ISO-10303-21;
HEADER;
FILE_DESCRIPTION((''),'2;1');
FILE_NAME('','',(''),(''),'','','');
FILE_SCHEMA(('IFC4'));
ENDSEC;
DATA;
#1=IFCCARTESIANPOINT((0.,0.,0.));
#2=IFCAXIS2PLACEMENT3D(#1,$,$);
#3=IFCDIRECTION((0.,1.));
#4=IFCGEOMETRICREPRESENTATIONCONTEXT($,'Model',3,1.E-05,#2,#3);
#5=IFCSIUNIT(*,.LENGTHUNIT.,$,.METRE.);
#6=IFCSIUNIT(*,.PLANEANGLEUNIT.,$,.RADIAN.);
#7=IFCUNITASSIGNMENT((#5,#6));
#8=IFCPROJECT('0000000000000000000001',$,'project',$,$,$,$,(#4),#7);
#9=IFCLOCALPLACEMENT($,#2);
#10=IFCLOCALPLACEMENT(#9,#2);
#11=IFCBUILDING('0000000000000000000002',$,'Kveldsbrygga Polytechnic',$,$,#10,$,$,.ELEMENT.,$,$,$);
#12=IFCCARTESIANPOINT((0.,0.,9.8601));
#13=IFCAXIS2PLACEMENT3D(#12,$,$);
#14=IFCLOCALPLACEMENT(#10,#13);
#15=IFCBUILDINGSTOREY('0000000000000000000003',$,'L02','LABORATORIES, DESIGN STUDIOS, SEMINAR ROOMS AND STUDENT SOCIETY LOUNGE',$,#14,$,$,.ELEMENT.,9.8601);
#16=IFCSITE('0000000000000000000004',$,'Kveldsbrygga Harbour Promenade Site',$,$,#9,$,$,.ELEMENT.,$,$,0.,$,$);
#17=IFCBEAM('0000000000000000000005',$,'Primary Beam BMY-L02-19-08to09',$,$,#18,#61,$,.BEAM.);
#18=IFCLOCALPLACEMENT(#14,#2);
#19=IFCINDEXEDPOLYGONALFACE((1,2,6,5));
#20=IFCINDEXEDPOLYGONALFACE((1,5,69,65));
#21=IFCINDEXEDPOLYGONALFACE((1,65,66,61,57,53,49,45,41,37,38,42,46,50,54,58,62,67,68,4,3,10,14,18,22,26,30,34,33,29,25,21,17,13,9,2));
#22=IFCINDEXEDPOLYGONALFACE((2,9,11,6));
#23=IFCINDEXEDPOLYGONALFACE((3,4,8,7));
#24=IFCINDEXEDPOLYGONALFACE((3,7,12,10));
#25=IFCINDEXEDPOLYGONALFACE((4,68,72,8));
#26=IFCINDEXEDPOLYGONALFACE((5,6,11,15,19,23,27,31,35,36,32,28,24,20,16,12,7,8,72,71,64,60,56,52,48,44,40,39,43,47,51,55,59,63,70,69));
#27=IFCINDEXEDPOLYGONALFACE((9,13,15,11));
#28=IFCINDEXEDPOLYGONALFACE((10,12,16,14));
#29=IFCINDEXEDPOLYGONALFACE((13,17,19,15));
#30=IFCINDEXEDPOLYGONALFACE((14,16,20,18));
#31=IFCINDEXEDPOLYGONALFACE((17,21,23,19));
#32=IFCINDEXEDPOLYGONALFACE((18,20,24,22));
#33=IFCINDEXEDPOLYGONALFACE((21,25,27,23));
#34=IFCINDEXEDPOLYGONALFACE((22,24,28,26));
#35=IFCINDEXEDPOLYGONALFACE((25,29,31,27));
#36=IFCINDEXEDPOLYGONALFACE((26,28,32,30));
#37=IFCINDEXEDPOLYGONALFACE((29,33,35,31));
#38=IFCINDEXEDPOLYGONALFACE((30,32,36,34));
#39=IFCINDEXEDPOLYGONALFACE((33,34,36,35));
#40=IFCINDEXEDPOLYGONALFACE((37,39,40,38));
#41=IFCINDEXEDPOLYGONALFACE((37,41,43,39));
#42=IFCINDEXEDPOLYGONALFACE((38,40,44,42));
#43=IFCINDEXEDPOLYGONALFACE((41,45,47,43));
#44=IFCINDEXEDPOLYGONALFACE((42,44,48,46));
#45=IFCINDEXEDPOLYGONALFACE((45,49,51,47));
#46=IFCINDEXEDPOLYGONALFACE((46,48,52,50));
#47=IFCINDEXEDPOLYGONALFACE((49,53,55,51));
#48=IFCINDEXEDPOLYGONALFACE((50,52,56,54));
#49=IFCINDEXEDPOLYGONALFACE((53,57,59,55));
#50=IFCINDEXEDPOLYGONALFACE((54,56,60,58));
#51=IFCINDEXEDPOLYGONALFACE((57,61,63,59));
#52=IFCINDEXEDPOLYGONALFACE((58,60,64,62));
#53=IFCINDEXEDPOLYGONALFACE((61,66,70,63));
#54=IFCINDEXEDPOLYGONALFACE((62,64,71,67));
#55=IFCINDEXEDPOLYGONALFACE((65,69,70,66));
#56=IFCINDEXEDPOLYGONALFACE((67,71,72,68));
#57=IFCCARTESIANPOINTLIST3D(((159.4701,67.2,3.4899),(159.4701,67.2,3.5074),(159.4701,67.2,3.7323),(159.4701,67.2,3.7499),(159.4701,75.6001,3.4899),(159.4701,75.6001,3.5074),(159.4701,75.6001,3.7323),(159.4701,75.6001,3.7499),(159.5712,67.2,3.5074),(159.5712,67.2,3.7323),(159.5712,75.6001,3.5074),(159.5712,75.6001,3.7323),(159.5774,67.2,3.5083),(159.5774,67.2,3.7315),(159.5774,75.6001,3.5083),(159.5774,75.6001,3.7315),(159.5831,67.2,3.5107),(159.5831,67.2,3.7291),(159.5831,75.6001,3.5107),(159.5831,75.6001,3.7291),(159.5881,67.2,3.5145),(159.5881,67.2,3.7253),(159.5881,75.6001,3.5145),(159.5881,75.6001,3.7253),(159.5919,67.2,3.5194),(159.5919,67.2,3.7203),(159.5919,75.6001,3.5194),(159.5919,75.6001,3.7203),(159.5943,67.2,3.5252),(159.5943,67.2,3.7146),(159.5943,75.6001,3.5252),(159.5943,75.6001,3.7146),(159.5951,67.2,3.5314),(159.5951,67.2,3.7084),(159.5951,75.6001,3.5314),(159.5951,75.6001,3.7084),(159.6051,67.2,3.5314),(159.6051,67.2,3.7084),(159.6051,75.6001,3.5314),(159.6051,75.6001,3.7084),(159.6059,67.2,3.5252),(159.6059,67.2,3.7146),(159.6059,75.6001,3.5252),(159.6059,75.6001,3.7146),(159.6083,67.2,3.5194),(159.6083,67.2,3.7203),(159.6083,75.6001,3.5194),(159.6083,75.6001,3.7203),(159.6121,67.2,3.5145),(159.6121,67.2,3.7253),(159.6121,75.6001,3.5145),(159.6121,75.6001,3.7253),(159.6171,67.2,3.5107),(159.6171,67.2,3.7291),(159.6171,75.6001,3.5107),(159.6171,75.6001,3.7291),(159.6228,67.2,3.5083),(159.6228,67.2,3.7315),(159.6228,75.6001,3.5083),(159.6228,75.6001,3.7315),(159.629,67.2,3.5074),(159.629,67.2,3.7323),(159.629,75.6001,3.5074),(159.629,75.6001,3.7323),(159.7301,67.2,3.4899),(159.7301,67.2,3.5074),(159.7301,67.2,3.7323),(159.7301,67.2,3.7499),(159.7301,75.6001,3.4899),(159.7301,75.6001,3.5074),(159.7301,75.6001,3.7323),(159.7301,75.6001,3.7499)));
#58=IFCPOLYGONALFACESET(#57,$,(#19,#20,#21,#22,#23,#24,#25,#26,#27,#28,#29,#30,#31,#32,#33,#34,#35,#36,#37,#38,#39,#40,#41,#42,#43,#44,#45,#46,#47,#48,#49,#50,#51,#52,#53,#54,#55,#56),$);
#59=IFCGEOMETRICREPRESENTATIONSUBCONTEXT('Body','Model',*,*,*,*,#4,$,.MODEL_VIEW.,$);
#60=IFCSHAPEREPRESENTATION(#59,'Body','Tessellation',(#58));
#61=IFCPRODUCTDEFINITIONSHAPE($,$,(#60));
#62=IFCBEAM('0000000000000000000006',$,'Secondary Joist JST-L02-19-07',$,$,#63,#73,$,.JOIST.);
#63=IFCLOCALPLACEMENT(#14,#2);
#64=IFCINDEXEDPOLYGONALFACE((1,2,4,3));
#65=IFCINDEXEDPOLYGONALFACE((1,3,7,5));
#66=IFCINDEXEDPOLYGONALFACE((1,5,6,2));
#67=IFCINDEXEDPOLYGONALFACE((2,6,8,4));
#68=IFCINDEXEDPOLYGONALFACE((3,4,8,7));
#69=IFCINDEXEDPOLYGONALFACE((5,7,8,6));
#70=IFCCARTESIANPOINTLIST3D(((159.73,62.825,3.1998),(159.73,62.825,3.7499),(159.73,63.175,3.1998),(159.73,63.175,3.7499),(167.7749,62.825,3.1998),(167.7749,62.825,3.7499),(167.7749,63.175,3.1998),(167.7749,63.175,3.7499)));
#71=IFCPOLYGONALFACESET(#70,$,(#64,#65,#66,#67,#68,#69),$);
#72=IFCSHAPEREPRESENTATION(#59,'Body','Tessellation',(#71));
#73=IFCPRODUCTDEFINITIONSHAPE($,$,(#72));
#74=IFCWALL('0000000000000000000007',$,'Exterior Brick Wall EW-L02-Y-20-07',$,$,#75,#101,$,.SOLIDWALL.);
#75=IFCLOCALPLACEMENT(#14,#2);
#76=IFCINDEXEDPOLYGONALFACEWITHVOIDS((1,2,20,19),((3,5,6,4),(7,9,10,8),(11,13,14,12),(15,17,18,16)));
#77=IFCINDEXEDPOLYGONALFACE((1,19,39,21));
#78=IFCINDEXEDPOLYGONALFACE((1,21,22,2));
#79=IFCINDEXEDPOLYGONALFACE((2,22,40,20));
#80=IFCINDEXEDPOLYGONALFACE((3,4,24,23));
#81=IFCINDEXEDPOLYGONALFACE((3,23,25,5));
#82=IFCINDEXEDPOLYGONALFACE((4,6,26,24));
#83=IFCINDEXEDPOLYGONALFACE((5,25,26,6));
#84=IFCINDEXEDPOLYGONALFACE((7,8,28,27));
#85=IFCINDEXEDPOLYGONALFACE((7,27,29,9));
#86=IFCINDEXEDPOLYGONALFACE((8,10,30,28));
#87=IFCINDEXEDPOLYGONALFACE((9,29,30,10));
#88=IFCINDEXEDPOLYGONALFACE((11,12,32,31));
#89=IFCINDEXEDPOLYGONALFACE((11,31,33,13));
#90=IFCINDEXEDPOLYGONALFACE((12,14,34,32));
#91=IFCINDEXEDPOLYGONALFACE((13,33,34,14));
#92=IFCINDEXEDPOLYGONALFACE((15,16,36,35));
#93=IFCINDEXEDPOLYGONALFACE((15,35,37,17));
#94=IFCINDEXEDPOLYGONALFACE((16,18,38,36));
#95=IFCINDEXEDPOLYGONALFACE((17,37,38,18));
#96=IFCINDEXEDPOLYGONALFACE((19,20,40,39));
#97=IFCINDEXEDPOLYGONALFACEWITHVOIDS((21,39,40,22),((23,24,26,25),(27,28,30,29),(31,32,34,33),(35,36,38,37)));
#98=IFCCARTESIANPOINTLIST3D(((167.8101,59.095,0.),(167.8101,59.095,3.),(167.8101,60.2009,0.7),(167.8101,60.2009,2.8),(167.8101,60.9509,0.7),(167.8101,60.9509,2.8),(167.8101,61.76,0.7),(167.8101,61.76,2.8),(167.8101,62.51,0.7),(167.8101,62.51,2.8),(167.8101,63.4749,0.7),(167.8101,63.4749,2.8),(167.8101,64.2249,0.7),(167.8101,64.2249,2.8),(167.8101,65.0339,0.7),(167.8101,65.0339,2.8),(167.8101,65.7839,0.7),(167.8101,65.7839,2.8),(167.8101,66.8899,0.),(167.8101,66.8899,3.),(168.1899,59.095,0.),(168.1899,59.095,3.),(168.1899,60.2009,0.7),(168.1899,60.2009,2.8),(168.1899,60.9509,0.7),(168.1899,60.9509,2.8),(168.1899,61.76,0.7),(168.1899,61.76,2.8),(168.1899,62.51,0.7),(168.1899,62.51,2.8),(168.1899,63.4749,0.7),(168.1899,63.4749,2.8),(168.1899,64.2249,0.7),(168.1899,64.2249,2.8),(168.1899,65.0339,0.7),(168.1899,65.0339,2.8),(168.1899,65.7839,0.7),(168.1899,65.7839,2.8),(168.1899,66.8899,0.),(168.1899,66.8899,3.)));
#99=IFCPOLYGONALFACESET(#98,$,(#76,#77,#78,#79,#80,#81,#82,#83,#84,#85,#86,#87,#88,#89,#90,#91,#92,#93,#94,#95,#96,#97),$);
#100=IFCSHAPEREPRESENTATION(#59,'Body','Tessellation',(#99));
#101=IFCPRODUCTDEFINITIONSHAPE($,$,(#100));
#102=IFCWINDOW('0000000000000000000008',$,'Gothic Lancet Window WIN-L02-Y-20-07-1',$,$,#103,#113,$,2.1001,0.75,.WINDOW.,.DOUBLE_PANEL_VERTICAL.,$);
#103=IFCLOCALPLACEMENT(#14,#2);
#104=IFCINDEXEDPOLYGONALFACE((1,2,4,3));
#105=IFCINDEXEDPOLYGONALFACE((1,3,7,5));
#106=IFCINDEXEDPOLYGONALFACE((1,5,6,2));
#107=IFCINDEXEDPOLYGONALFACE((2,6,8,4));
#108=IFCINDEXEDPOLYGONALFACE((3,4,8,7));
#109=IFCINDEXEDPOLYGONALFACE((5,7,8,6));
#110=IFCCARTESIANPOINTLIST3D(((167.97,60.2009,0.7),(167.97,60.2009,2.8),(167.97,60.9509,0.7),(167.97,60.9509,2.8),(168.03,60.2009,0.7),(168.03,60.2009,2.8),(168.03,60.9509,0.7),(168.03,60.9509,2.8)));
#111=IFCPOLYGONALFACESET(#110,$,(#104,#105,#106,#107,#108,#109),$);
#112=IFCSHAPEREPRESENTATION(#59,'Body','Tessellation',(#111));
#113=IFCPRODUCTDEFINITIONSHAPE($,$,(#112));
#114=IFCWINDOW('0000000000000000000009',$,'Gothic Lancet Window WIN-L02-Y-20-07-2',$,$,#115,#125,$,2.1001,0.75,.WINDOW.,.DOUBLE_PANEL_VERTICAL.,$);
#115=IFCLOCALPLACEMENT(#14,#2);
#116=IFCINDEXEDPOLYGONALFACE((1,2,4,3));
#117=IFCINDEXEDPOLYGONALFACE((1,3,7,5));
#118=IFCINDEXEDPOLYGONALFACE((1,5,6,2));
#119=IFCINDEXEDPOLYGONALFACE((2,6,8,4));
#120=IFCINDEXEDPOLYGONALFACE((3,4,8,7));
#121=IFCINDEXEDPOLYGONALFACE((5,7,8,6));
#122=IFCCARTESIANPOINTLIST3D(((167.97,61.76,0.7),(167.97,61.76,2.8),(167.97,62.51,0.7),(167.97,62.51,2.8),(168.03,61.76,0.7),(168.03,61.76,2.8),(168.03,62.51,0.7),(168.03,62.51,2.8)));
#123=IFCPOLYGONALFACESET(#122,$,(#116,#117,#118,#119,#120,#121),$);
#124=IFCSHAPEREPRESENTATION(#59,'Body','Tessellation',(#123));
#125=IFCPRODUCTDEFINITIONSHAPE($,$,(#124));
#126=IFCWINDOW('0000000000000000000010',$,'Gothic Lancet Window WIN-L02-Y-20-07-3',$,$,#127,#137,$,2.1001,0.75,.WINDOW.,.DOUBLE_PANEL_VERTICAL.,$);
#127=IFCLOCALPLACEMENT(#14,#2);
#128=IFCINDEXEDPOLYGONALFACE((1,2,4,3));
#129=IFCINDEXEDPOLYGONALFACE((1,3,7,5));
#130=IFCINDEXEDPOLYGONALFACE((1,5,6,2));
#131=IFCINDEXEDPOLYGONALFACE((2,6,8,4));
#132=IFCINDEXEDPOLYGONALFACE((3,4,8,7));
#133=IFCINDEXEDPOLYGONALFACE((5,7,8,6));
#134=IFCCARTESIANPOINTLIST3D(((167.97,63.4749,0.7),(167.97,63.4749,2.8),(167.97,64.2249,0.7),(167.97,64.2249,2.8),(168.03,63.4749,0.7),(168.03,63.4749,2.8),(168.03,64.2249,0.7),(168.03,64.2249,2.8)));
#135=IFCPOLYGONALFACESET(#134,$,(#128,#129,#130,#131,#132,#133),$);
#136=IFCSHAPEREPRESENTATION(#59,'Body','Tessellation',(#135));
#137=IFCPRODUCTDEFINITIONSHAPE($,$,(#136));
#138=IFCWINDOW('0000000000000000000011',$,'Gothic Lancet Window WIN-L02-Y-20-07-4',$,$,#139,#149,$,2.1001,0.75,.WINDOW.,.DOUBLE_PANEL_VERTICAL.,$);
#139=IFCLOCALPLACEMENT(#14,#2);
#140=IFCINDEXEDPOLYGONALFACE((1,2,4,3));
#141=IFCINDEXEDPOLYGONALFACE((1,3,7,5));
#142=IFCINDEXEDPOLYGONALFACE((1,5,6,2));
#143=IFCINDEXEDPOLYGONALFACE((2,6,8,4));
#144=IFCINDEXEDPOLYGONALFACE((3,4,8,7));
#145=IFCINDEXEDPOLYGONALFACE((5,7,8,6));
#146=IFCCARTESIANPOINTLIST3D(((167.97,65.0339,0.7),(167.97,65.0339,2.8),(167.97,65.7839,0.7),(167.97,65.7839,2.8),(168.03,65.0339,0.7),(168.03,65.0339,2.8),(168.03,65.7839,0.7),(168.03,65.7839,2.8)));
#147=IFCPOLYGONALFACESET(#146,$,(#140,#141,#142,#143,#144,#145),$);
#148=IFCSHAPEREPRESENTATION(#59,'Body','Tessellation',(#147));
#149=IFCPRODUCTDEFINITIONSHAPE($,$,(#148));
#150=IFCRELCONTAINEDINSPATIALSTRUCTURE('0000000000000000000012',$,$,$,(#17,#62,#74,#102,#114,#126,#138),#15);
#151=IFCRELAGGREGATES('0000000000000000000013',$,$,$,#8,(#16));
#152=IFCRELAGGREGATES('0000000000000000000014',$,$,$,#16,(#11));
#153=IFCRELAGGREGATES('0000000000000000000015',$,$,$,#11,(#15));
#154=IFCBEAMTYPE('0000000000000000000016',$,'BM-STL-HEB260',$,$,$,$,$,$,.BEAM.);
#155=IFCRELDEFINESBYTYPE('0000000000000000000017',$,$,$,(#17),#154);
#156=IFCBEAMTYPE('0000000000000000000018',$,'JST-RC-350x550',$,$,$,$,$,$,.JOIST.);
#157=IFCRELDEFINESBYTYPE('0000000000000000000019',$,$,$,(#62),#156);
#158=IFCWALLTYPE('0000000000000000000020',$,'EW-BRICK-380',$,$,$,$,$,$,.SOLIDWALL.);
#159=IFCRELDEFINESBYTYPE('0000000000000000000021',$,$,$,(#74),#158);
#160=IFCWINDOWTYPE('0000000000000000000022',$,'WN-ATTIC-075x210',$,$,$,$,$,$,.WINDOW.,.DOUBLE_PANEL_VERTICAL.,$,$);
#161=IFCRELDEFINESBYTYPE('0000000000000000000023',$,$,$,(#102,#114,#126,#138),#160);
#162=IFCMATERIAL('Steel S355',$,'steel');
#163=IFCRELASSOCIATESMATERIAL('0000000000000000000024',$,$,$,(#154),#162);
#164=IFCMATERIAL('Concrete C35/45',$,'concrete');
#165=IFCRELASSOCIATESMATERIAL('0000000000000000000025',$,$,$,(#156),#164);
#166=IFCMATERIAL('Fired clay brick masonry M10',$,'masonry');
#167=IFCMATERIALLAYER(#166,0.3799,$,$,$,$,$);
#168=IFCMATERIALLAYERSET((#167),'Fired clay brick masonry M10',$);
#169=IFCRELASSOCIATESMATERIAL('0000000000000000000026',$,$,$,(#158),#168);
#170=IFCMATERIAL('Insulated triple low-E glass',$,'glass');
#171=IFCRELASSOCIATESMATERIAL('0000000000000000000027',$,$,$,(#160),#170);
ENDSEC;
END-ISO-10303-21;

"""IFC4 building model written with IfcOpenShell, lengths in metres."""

from ifc_helpers import new_model, si_unit, direction, frame, frame_2d, origin, origin_2d, place, context, subcontext, project, spatial, rectangle, i_section, extrude, material, layer, layer_set, material_profile, profile_set, type_object, element, fill, save


model = new_model("IFC4")

# Units and contexts
model_context = context("Model", 3, precision=1e-05, world=origin(), true_north=direction((0.0, 1.0)))
body_context = subcontext(model_context, "Body", "Model", "MODEL_VIEW")
ifc_project = project(units=[si_unit("LENGTHUNIT", "METRE"), si_unit("PLANEANGLEUNIT", "RADIAN")], contexts=[model_context])

# Site, building, storey
site_placement = place(None, origin())
site = spatial("IfcSite", under=ifc_project, at=site_placement, Name="Kveldsbrygga Harbour Promenade Site", CompositionType="ELEMENT", RefElevation=0.0)
building_placement = place(site_placement, origin())
building = spatial("IfcBuilding", under=site, at=building_placement, Name="Kveldsbrygga Polytechnic", CompositionType="ELEMENT")
storey_placement = place(building_placement, frame((0.0, 0.0, 9.8601)))
storey = spatial("IfcBuildingStorey", under=building, at=storey_placement, Name="L02", Description="LABORATORIES, DESIGN STUDIOS, SEMINAR ROOMS AND STUDENT SOCIETY LOUNGE", CompositionType="ELEMENT", Elevation=9.8601)

# Beams
ifc_material_1 = material(Name="Concrete C35/45", Category="concrete")
ifc_material_2 = material(Name="Steel S355", Category="steel")
ifc_material_profile_1 = material_profile(ifc_material_2, i_section(OverallWidth=0.26, OverallDepth=0.26, WebThickness=0.01, FlangeThickness=0.0176, FilletRadius=0.0239, at=origin_2d()), Name="HEB 260")
ifc_profile_set_1 = profile_set([ifc_material_profile_1], Name="Steel S355")
beam_type_1 = type_object("IfcBeamType", Name="BM-STL-HEB260", PredefinedType="BEAM", material=ifc_profile_set_1)
beam_1_placement = place(storey_placement, frame((159.6001, 67.2, 3.6199), z_axis=(0.0, 1.0, 0.0), x_axis=(-1.0, 0.0, 0.0)))
element("IfcBeam", 1, at=beam_1_placement, inside=storey, type_object=beam_type_1, Name="Primary Beam BMY-L02-19-08to09", PredefinedType="BEAM", context=body_context, shape_type="SweptSolid", body=[
    extrude(i_section(OverallWidth=0.26, OverallDepth=0.26, WebThickness=0.01, FlangeThickness=0.0176, FilletRadius=0.0239, at=origin_2d()), origin(), (0.0, 0.0, 1.0), 8.4001),
])
ifc_material_profile_2 = material_profile(ifc_material_1, rectangle(XDim=0.3501, YDim=0.55, at=origin_2d()), Name="RC 350x550")
ifc_profile_set_2 = profile_set([ifc_material_profile_2], Name="Concrete C35/45")
beam_type_2 = type_object("IfcBeamType", Name="JST-RC-350x550", PredefinedType="JOIST", material=ifc_profile_set_2)
beam_2_placement = place(storey_placement, frame((159.73, 63.0, 3.4749), z_axis=(1.0, 0.0, 0.0), x_axis=(0.0, 1.0, 0.0)))
element("IfcBeam", 2, at=beam_2_placement, inside=storey, type_object=beam_type_2, Name="Secondary Joist JST-L02-19-07", PredefinedType="JOIST", context=body_context, shape_type="SweptSolid", body=[
    extrude(rectangle(XDim=0.3501, YDim=0.55, at=origin_2d()), origin(), (0.0, 0.0, 1.0), 8.0449),
])

# Wall, openings, windows
ifc_material_3 = material(Name="Fired clay brick masonry M10", Category="masonry")
ifc_layer_1 = layer(ifc_material_3, 0.3799)
ifc_layer_set_1 = layer_set([ifc_layer_1], Name="Fired clay brick masonry M10")
wall_type_1 = type_object("IfcWallType", Name="EW-BRICK-380", PredefinedType="SOLIDWALL", material=ifc_layer_set_1)
wall_1_placement = place(storey_placement, frame((168.0, 59.095, 0.0), z_axis=(0.0, 0.0, 1.0), x_axis=(0.0, 1.0, 0.0)))
wall_1 = element("IfcWall", 3, at=wall_1_placement, inside=storey, type_object=wall_type_1, Name="Exterior Brick Wall EW-L02-Y-20-07", PredefinedType="SOLIDWALL", context=body_context, shape_type="SweptSolid", body=[
    extrude(rectangle(XDim=7.7949, YDim=0.3799, at=frame_2d((3.8975, 0.0))), origin(), (0.0, 0.0, 1.0), 3.0),
])
opening_1_placement = place(wall_1_placement, frame((1.106, 0.0, 0.7)))
opening_1 = element("IfcOpeningElement", 4, at=opening_1_placement, cuts=wall_1, PredefinedType="OPENING", context=body_context, shape_type="SweptSolid", body=[
    extrude(rectangle(XDim=0.75, YDim=2.1001, at=frame_2d((0.375, 1.05))), frame((0.0, 0.2, 0.0), z_axis=(0.0, -1.0, 0.0), x_axis=(1.0, 0.0, 0.0)), (0.0, 0.0, 1.0), 0.3999),
])
opening_2_placement = place(wall_1_placement, frame((2.665, 0.0, 0.7)))
opening_2 = element("IfcOpeningElement", 5, at=opening_2_placement, cuts=wall_1, PredefinedType="OPENING", context=body_context, shape_type="SweptSolid", body=[
    extrude(rectangle(XDim=0.75, YDim=2.1001, at=frame_2d((0.375, 1.05))), frame((0.0, 0.2, 0.0), z_axis=(0.0, -1.0, 0.0), x_axis=(1.0, 0.0, 0.0)), (0.0, 0.0, 1.0), 0.3999),
])
opening_3_placement = place(wall_1_placement, frame((4.3799, 0.0, 0.7)))
opening_3 = element("IfcOpeningElement", 6, at=opening_3_placement, cuts=wall_1, PredefinedType="OPENING", context=body_context, shape_type="SweptSolid", body=[
    extrude(rectangle(XDim=0.75, YDim=2.1001, at=frame_2d((0.375, 1.05))), frame((0.0, 0.2, 0.0), z_axis=(0.0, -1.0, 0.0), x_axis=(1.0, 0.0, 0.0)), (0.0, 0.0, 1.0), 0.3999),
])
opening_4_placement = place(wall_1_placement, frame((5.939, 0.0, 0.7)))
opening_4 = element("IfcOpeningElement", 7, at=opening_4_placement, cuts=wall_1, PredefinedType="OPENING", context=body_context, shape_type="SweptSolid", body=[
    extrude(rectangle(XDim=0.75, YDim=2.1001, at=frame_2d((0.375, 1.05))), frame((0.0, 0.2, 0.0), z_axis=(0.0, -1.0, 0.0), x_axis=(1.0, 0.0, 0.0)), (0.0, 0.0, 1.0), 0.3999),
])
ifc_material_4 = material(Name="Insulated triple low-E glass", Category="glass")
window_type = type_object("IfcWindowType", Name="WN-ATTIC-075x210", PartitioningType="DOUBLE_PANEL_VERTICAL", PredefinedType="WINDOW", material=ifc_material_4)
window_1_placement = place(opening_1_placement, origin())
window_1 = element("IfcWindow", 8, at=window_1_placement, inside=storey, type_object=window_type, Name="Gothic Lancet Window WIN-L02-Y-20-07-1", OverallHeight=2.1001, OverallWidth=0.75, PartitioningType="DOUBLE_PANEL_VERTICAL", PredefinedType="WINDOW", context=body_context, shape_type="SweptSolid", body=[
    extrude(rectangle(XDim=0.75, YDim=2.1001, at=frame_2d((0.375, 1.05))), frame((0.0, 0.03, 0.0), z_axis=(0.0, -1.0, 0.0), x_axis=(1.0, 0.0, 0.0)), (0.0, 0.0, 1.0), 0.0601),
])
fill(opening_1, window_1)
window_2_placement = place(opening_2_placement, origin())
window_2 = element("IfcWindow", 9, at=window_2_placement, inside=storey, type_object=window_type, Name="Gothic Lancet Window WIN-L02-Y-20-07-2", OverallHeight=2.1001, OverallWidth=0.75, PartitioningType="DOUBLE_PANEL_VERTICAL", PredefinedType="WINDOW", context=body_context, shape_type="SweptSolid", body=[
    extrude(rectangle(XDim=0.75, YDim=2.1001, at=frame_2d((0.375, 1.05))), frame((0.0, 0.03, 0.0), z_axis=(0.0, -1.0, 0.0), x_axis=(1.0, 0.0, 0.0)), (0.0, 0.0, 1.0), 0.0601),
])
fill(opening_2, window_2)
window_3_placement = place(opening_3_placement, origin())
window_3 = element("IfcWindow", 10, at=window_3_placement, inside=storey, type_object=window_type, Name="Gothic Lancet Window WIN-L02-Y-20-07-3", OverallHeight=2.1001, OverallWidth=0.75, PartitioningType="DOUBLE_PANEL_VERTICAL", PredefinedType="WINDOW", context=body_context, shape_type="SweptSolid", body=[
    extrude(rectangle(XDim=0.75, YDim=2.1001, at=frame_2d((0.375, 1.05))), frame((0.0, 0.03, 0.0), z_axis=(0.0, -1.0, 0.0), x_axis=(1.0, 0.0, 0.0)), (0.0, 0.0, 1.0), 0.0601),
])
fill(opening_3, window_3)
window_4_placement = place(opening_4_placement, origin())
window_4 = element("IfcWindow", 11, at=window_4_placement, inside=storey, type_object=window_type, Name="Gothic Lancet Window WIN-L02-Y-20-07-4", OverallHeight=2.1001, OverallWidth=0.75, PartitioningType="DOUBLE_PANEL_VERTICAL", PredefinedType="WINDOW", context=body_context, shape_type="SweptSolid", body=[
    extrude(rectangle(XDim=0.75, YDim=2.1001, at=frame_2d((0.375, 1.05))), frame((0.0, 0.03, 0.0), z_axis=(0.0, -1.0, 0.0), x_axis=(1.0, 0.0, 0.0)), (0.0, 0.0, 1.0), 0.0601),
])
fill(opening_4, window_4)

save(model, "model.ifc")
